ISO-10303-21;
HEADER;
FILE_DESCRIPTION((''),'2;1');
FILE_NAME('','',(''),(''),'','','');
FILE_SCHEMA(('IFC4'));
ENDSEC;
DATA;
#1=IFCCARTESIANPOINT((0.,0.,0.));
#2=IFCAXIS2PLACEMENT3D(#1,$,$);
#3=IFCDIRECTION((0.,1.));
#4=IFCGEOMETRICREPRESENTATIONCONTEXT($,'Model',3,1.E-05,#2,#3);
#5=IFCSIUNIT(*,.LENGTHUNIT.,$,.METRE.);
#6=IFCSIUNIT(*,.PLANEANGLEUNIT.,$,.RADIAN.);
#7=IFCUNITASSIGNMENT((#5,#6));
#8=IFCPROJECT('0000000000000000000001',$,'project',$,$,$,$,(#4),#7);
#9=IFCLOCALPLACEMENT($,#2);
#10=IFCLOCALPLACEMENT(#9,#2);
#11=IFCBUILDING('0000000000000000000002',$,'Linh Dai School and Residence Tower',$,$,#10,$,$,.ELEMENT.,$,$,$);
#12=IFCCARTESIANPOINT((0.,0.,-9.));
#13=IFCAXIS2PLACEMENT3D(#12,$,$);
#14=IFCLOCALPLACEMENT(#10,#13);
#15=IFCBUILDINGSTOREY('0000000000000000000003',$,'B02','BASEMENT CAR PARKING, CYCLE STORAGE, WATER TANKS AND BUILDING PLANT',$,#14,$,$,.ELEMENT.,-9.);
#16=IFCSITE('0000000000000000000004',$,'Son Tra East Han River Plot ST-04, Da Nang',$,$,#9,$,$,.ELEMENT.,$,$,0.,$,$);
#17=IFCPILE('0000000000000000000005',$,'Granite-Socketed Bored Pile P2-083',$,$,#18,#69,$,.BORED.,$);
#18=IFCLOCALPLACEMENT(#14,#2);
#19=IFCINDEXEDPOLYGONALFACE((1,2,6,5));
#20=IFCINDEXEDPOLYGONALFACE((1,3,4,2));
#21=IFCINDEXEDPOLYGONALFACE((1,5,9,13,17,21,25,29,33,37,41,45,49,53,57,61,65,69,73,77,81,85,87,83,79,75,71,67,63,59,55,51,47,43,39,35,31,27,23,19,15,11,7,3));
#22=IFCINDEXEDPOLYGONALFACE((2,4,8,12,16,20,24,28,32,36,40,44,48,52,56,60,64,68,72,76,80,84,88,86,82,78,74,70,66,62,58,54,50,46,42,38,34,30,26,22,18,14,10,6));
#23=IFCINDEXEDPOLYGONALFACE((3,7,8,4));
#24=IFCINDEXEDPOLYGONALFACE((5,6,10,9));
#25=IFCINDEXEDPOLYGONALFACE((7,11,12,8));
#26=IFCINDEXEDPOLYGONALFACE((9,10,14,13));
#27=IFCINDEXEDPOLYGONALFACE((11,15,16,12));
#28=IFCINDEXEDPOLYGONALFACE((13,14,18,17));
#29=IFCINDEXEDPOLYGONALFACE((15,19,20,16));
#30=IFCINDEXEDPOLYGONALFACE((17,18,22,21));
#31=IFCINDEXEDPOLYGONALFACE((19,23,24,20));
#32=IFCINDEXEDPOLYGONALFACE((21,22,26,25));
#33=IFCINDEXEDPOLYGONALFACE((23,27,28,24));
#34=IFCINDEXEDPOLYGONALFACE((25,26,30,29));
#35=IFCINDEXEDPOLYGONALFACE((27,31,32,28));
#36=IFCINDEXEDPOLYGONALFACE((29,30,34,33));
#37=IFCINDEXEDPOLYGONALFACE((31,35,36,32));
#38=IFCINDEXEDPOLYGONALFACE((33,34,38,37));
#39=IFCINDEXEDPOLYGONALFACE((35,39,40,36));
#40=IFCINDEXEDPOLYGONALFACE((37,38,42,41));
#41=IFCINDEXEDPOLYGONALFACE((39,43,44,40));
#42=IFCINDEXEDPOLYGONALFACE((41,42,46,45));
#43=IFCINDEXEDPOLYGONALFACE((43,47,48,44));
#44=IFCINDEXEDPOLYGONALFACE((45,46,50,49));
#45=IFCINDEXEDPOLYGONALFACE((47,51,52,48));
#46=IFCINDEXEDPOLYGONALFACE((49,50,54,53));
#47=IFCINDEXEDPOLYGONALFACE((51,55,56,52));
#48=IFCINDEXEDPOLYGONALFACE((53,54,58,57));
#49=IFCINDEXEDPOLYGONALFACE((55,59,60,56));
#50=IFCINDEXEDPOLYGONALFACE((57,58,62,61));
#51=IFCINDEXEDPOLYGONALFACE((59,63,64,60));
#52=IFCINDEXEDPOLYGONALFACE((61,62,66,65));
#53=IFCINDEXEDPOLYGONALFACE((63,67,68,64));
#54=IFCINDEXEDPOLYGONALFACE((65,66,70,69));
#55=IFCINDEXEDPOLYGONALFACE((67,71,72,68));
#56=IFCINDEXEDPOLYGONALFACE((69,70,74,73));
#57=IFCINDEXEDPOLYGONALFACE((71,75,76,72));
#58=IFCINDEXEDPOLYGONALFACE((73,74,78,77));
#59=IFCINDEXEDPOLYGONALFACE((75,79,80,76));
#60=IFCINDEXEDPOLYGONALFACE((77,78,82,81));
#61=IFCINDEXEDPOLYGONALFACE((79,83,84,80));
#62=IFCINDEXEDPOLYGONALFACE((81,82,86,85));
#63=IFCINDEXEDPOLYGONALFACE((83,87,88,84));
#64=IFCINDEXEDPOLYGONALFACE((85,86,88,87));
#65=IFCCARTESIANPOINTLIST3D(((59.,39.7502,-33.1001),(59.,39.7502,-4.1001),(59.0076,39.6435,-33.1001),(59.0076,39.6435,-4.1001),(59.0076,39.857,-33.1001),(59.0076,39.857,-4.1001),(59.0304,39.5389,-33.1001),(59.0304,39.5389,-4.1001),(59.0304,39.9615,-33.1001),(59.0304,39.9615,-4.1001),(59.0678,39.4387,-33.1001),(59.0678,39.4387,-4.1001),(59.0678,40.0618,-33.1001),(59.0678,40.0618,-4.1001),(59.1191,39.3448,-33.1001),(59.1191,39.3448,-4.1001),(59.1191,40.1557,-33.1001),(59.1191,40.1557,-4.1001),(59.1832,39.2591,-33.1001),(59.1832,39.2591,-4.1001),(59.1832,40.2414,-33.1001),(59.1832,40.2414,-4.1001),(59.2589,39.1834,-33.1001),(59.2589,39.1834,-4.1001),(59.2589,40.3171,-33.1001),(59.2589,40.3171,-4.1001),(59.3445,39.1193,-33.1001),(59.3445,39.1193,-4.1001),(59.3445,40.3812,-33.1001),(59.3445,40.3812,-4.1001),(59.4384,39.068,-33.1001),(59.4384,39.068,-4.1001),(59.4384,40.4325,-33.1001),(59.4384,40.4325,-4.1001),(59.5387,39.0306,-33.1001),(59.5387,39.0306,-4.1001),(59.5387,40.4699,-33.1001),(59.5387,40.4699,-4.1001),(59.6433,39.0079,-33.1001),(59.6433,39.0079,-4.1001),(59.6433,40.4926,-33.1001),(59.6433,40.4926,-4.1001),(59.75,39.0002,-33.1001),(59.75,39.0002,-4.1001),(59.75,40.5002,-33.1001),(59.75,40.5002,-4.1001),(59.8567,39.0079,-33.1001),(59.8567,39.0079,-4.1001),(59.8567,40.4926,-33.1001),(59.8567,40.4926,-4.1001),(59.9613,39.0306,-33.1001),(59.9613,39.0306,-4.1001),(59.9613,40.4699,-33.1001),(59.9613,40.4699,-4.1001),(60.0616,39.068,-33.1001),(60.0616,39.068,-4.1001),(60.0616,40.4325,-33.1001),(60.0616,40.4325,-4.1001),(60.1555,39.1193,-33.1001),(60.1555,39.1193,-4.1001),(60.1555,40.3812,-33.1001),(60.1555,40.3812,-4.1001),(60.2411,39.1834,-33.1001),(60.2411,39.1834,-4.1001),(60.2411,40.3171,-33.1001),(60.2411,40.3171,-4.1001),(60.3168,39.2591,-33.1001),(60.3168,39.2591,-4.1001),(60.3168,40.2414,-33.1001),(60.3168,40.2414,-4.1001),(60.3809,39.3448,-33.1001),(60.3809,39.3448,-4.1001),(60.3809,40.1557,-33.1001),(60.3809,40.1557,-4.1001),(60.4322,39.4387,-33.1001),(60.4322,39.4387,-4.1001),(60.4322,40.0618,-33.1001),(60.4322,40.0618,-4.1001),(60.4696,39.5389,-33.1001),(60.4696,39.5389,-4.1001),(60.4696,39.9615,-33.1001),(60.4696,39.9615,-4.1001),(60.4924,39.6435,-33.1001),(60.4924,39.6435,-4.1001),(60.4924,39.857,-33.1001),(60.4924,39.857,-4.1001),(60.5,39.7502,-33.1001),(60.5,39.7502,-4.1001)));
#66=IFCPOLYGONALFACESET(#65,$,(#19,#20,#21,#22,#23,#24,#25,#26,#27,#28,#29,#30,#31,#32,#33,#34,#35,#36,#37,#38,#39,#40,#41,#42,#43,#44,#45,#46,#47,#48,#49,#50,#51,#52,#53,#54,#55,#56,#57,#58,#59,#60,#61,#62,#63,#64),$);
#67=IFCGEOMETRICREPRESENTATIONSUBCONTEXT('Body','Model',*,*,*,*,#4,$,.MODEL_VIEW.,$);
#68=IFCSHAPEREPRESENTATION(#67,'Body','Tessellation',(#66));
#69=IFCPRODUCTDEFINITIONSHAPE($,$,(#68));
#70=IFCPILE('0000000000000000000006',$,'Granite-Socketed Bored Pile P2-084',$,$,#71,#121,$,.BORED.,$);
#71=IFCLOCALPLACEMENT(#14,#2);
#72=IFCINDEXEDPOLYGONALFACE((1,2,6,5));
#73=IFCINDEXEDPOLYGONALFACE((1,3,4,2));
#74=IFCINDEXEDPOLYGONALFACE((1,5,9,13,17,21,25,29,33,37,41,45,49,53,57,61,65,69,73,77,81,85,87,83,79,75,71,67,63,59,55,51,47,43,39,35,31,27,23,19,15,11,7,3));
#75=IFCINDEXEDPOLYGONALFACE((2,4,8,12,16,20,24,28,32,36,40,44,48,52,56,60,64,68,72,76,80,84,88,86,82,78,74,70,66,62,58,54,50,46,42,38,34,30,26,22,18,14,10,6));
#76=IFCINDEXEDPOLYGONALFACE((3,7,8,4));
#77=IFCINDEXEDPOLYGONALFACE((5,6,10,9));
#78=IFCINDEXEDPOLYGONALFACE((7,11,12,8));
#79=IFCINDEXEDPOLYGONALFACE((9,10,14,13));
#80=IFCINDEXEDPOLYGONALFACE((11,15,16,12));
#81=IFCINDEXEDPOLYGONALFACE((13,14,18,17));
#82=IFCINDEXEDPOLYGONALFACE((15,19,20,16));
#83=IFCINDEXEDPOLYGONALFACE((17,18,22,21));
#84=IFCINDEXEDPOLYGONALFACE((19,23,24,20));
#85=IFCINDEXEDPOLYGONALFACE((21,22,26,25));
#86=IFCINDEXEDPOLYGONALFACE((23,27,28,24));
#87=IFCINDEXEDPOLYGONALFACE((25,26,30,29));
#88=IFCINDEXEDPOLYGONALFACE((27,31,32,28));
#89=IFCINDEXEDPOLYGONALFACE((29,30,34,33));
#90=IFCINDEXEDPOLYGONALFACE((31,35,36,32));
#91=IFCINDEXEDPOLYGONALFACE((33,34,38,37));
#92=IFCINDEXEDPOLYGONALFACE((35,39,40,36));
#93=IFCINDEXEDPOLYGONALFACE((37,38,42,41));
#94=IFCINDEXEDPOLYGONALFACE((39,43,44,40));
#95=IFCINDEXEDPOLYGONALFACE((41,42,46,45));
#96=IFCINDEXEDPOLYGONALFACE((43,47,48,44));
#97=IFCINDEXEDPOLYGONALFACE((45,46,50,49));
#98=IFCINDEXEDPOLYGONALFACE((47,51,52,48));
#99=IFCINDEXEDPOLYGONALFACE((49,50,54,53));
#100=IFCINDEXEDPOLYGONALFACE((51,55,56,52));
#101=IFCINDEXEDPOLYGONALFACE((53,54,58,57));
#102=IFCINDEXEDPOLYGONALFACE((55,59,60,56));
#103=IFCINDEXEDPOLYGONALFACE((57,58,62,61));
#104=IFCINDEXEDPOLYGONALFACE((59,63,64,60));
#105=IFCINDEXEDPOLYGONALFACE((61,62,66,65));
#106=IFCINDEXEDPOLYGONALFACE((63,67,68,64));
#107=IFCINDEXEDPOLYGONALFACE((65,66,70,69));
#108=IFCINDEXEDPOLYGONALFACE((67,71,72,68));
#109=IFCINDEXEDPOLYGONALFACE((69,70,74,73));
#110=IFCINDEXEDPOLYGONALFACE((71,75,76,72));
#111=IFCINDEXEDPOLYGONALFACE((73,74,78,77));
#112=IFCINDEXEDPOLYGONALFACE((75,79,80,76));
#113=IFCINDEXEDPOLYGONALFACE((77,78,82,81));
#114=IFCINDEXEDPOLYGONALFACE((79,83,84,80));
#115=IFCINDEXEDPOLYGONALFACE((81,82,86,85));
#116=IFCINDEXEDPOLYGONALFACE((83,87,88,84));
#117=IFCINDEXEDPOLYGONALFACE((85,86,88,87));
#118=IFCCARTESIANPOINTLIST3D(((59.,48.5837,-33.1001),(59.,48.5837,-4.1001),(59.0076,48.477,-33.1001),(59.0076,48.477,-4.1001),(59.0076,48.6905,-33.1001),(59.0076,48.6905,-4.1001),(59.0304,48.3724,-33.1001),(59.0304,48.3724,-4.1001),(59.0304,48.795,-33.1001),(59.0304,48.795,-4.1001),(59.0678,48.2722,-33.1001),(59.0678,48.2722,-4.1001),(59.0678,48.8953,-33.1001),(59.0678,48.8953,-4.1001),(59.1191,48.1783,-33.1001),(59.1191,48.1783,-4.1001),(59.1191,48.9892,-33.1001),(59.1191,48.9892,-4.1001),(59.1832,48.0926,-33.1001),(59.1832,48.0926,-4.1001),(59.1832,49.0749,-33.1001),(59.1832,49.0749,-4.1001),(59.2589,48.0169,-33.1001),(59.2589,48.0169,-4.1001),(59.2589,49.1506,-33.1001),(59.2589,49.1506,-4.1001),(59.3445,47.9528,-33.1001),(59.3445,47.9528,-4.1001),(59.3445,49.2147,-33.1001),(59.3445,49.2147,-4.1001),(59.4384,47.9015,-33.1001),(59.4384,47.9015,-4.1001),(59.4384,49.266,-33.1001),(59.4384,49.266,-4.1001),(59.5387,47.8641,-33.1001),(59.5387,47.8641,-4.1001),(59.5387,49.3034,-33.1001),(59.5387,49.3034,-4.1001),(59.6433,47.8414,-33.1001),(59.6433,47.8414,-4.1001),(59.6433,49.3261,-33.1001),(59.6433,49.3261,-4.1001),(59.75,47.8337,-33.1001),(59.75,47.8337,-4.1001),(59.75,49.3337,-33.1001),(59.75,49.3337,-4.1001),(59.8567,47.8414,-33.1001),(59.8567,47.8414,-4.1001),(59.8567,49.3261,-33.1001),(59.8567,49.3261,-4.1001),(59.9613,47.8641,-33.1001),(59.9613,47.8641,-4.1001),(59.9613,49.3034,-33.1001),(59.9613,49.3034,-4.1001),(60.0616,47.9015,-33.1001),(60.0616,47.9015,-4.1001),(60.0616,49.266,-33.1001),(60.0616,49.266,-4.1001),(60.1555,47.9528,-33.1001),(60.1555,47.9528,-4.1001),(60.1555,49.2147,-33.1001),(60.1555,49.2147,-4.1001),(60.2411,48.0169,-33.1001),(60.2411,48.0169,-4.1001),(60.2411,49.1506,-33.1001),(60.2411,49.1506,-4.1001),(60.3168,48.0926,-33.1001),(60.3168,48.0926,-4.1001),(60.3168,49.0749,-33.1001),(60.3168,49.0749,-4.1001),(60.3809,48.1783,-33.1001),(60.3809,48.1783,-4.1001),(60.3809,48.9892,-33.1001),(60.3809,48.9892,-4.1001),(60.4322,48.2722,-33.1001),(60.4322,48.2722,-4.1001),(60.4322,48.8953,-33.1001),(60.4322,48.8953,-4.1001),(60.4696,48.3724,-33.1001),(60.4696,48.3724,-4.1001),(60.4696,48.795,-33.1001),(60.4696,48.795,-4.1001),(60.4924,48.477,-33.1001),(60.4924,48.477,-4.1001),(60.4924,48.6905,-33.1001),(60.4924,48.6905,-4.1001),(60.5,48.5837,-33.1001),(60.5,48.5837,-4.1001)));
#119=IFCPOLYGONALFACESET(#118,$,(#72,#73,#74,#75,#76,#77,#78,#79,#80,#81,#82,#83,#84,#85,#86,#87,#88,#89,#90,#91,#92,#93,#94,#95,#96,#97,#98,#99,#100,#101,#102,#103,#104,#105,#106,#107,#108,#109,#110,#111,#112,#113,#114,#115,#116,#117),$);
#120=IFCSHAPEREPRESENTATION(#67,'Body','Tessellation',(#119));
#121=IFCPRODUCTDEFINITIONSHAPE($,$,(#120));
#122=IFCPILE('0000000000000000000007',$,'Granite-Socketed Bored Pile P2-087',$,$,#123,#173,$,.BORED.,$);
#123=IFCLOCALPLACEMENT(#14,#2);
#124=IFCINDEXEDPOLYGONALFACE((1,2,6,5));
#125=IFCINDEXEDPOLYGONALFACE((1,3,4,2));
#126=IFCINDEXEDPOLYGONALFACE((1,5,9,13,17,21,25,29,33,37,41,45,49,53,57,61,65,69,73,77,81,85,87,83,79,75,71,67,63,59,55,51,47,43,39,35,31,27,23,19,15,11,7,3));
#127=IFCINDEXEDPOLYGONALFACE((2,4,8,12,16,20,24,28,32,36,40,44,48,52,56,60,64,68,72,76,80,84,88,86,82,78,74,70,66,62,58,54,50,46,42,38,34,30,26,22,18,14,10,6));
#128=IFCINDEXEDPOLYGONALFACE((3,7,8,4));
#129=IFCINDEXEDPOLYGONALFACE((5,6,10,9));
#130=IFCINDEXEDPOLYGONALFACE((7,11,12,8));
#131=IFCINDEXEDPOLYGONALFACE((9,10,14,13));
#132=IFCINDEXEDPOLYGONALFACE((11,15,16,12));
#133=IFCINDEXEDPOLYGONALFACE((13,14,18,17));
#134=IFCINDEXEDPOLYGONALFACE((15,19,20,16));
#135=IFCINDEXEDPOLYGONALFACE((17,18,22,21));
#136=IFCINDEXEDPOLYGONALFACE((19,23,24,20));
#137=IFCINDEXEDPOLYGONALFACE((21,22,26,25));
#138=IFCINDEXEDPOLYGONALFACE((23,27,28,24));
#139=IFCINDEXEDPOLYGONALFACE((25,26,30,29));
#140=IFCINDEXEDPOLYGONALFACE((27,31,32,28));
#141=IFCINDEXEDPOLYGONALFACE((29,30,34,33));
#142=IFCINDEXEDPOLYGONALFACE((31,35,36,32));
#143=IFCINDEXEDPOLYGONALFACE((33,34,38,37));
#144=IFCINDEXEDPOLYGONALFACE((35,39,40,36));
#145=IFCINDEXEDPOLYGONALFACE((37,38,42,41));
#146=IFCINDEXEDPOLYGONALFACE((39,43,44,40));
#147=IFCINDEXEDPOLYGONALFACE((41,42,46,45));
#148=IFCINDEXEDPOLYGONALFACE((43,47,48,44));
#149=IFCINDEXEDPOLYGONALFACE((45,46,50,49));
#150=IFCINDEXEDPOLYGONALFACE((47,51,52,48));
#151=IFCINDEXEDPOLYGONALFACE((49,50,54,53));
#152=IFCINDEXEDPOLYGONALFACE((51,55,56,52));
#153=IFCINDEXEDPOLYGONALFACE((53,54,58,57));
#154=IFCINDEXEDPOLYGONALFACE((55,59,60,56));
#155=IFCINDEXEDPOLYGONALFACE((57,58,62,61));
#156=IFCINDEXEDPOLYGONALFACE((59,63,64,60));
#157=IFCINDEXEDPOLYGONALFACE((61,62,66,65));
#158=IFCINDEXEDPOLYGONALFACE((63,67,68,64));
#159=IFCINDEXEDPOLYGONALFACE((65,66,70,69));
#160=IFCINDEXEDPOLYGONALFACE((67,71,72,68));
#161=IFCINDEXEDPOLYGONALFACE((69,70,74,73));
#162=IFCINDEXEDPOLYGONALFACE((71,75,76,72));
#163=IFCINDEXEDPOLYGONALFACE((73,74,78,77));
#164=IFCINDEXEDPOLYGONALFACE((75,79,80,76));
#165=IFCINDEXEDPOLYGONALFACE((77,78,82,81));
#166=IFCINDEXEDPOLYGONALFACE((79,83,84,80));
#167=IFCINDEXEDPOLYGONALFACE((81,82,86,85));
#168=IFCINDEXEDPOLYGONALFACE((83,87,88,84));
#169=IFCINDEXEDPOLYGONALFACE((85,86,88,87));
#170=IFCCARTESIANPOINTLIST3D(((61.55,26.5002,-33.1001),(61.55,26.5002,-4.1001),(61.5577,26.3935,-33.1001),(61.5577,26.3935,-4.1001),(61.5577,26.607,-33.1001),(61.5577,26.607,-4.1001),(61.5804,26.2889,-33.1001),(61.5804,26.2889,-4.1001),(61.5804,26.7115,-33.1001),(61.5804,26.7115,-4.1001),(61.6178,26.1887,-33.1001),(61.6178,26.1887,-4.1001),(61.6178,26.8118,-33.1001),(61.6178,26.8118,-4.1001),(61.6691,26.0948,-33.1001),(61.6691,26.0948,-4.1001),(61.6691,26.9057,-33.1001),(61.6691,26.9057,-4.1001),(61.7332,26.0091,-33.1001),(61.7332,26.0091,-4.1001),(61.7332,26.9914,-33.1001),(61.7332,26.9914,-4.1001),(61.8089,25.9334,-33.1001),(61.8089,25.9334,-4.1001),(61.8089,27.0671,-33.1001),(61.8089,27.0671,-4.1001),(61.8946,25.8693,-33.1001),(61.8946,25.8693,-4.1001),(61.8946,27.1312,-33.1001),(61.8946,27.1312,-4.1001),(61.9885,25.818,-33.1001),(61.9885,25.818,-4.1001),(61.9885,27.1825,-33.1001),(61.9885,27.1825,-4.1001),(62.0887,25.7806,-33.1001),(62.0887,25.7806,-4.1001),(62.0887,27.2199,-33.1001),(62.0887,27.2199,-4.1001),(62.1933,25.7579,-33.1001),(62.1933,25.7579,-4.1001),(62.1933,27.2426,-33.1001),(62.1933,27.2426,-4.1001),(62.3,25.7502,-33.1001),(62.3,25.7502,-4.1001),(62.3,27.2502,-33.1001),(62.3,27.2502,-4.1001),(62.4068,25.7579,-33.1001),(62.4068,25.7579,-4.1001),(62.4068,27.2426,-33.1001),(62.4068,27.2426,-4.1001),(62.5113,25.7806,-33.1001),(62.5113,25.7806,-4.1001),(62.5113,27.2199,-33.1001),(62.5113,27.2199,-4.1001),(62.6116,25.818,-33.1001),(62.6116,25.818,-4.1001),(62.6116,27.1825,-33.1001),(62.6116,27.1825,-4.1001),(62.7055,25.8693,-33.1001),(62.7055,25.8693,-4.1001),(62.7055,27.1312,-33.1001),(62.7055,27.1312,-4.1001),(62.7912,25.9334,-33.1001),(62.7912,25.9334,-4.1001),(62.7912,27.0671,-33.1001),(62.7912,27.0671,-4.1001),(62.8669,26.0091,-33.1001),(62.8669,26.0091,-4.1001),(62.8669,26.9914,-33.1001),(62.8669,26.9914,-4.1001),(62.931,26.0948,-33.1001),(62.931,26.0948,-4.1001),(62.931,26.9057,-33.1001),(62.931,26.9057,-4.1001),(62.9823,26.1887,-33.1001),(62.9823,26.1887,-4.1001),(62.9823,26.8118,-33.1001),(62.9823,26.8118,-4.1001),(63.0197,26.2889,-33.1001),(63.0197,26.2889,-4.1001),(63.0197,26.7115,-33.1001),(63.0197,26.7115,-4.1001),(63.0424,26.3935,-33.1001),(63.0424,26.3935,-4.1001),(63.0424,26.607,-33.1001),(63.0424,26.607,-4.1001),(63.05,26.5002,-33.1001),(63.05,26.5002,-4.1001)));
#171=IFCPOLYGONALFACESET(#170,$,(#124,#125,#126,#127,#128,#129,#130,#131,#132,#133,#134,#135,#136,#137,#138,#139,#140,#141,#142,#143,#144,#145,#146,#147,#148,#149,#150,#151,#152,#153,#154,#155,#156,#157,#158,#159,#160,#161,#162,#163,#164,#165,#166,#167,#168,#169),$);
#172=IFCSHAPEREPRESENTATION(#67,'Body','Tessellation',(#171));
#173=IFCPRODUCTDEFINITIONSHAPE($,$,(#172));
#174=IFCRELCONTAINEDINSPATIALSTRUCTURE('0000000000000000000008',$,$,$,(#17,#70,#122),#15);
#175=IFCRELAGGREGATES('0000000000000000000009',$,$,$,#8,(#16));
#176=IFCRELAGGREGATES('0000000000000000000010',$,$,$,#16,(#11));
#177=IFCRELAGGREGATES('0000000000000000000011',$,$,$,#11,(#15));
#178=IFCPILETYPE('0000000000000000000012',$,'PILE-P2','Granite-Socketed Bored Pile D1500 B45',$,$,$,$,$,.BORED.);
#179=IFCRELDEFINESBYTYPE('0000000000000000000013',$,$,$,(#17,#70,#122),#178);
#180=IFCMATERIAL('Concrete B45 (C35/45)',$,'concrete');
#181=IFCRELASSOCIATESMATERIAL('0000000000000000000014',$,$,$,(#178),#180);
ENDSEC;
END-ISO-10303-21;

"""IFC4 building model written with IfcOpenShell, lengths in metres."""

from ifc_helpers import new_model, si_unit, direction, frame, origin, origin_2d, place, context, subcontext, project, spatial, circle, extrude, material, material_profile, profile_set, type_object, element, save


model = new_model("IFC4")

# Units and contexts
model_context = context("Model", 3, precision=1e-05, world=origin(), true_north=direction((0.0, 1.0)))
body_context = subcontext(model_context, "Body", "Model", "MODEL_VIEW")
ifc_project = project(units=[si_unit("LENGTHUNIT", "METRE"), si_unit("PLANEANGLEUNIT", "RADIAN")], contexts=[model_context])

# Site, building, storey
site_placement = place(None, origin())
site = spatial("IfcSite", under=ifc_project, at=site_placement, Name="Son Tra East Han River Plot ST-04, Da Nang", CompositionType="ELEMENT", RefElevation=0.0)
building_placement = place(site_placement, origin())
building = spatial("IfcBuilding", under=site, at=building_placement, Name="Linh Dai School and Residence Tower", CompositionType="ELEMENT")
storey_placement = place(building_placement, frame((0.0, 0.0, -9.0)))
storey = spatial("IfcBuildingStorey", under=building, at=storey_placement, Name="B02", Description="BASEMENT CAR PARKING, CYCLE STORAGE, WATER TANKS AND BUILDING PLANT", CompositionType="ELEMENT", Elevation=-9.0)

# Piles
ifc_material_1 = material(Name="Concrete B45 (C35/45)", Category="concrete")
ifc_material_profile_1 = material_profile(ifc_material_1, circle(Radius=0.75, at=origin_2d()), Name="PILE D1500")
ifc_profile_set_1 = profile_set([ifc_material_profile_1], Name="Concrete B45 (C35/45)")
pile_type = type_object("IfcPileType", Name="PILE-P2", Description="Granite-Socketed Bored Pile D1500 B45", PredefinedType="BORED", material=ifc_profile_set_1)
for number, where, z_axis, x_axis, name in (
    (1, (59.75, 39.7502, -4.1001), (0.0, 0.0, -1.0), (1.0, 0.0, 0.0), "Granite-Socketed Bored Pile P2-083"),
    (2, (59.75, 48.5837, -4.1001), (0.0, 0.0, -1.0), (1.0, 0.0, 0.0), "Granite-Socketed Bored Pile P2-084"),
    (3, (62.3, 26.5002, -4.1001), (0.0, 0.0, -1.0), (1.0, 0.0, 0.0), "Granite-Socketed Bored Pile P2-087"),
):
    element("IfcPile", number, at=place(storey_placement, frame(where, z_axis=z_axis, x_axis=x_axis)), inside=storey, type_object=pile_type, Name=name, PredefinedType="BORED", context=body_context, shape_type="SweptSolid", body=[
        extrude(circle(Radius=0.75, at=origin_2d()), origin(), (0.0, 0.0, 1.0), 29.0),
    ])

save(model, "model.ifc")
